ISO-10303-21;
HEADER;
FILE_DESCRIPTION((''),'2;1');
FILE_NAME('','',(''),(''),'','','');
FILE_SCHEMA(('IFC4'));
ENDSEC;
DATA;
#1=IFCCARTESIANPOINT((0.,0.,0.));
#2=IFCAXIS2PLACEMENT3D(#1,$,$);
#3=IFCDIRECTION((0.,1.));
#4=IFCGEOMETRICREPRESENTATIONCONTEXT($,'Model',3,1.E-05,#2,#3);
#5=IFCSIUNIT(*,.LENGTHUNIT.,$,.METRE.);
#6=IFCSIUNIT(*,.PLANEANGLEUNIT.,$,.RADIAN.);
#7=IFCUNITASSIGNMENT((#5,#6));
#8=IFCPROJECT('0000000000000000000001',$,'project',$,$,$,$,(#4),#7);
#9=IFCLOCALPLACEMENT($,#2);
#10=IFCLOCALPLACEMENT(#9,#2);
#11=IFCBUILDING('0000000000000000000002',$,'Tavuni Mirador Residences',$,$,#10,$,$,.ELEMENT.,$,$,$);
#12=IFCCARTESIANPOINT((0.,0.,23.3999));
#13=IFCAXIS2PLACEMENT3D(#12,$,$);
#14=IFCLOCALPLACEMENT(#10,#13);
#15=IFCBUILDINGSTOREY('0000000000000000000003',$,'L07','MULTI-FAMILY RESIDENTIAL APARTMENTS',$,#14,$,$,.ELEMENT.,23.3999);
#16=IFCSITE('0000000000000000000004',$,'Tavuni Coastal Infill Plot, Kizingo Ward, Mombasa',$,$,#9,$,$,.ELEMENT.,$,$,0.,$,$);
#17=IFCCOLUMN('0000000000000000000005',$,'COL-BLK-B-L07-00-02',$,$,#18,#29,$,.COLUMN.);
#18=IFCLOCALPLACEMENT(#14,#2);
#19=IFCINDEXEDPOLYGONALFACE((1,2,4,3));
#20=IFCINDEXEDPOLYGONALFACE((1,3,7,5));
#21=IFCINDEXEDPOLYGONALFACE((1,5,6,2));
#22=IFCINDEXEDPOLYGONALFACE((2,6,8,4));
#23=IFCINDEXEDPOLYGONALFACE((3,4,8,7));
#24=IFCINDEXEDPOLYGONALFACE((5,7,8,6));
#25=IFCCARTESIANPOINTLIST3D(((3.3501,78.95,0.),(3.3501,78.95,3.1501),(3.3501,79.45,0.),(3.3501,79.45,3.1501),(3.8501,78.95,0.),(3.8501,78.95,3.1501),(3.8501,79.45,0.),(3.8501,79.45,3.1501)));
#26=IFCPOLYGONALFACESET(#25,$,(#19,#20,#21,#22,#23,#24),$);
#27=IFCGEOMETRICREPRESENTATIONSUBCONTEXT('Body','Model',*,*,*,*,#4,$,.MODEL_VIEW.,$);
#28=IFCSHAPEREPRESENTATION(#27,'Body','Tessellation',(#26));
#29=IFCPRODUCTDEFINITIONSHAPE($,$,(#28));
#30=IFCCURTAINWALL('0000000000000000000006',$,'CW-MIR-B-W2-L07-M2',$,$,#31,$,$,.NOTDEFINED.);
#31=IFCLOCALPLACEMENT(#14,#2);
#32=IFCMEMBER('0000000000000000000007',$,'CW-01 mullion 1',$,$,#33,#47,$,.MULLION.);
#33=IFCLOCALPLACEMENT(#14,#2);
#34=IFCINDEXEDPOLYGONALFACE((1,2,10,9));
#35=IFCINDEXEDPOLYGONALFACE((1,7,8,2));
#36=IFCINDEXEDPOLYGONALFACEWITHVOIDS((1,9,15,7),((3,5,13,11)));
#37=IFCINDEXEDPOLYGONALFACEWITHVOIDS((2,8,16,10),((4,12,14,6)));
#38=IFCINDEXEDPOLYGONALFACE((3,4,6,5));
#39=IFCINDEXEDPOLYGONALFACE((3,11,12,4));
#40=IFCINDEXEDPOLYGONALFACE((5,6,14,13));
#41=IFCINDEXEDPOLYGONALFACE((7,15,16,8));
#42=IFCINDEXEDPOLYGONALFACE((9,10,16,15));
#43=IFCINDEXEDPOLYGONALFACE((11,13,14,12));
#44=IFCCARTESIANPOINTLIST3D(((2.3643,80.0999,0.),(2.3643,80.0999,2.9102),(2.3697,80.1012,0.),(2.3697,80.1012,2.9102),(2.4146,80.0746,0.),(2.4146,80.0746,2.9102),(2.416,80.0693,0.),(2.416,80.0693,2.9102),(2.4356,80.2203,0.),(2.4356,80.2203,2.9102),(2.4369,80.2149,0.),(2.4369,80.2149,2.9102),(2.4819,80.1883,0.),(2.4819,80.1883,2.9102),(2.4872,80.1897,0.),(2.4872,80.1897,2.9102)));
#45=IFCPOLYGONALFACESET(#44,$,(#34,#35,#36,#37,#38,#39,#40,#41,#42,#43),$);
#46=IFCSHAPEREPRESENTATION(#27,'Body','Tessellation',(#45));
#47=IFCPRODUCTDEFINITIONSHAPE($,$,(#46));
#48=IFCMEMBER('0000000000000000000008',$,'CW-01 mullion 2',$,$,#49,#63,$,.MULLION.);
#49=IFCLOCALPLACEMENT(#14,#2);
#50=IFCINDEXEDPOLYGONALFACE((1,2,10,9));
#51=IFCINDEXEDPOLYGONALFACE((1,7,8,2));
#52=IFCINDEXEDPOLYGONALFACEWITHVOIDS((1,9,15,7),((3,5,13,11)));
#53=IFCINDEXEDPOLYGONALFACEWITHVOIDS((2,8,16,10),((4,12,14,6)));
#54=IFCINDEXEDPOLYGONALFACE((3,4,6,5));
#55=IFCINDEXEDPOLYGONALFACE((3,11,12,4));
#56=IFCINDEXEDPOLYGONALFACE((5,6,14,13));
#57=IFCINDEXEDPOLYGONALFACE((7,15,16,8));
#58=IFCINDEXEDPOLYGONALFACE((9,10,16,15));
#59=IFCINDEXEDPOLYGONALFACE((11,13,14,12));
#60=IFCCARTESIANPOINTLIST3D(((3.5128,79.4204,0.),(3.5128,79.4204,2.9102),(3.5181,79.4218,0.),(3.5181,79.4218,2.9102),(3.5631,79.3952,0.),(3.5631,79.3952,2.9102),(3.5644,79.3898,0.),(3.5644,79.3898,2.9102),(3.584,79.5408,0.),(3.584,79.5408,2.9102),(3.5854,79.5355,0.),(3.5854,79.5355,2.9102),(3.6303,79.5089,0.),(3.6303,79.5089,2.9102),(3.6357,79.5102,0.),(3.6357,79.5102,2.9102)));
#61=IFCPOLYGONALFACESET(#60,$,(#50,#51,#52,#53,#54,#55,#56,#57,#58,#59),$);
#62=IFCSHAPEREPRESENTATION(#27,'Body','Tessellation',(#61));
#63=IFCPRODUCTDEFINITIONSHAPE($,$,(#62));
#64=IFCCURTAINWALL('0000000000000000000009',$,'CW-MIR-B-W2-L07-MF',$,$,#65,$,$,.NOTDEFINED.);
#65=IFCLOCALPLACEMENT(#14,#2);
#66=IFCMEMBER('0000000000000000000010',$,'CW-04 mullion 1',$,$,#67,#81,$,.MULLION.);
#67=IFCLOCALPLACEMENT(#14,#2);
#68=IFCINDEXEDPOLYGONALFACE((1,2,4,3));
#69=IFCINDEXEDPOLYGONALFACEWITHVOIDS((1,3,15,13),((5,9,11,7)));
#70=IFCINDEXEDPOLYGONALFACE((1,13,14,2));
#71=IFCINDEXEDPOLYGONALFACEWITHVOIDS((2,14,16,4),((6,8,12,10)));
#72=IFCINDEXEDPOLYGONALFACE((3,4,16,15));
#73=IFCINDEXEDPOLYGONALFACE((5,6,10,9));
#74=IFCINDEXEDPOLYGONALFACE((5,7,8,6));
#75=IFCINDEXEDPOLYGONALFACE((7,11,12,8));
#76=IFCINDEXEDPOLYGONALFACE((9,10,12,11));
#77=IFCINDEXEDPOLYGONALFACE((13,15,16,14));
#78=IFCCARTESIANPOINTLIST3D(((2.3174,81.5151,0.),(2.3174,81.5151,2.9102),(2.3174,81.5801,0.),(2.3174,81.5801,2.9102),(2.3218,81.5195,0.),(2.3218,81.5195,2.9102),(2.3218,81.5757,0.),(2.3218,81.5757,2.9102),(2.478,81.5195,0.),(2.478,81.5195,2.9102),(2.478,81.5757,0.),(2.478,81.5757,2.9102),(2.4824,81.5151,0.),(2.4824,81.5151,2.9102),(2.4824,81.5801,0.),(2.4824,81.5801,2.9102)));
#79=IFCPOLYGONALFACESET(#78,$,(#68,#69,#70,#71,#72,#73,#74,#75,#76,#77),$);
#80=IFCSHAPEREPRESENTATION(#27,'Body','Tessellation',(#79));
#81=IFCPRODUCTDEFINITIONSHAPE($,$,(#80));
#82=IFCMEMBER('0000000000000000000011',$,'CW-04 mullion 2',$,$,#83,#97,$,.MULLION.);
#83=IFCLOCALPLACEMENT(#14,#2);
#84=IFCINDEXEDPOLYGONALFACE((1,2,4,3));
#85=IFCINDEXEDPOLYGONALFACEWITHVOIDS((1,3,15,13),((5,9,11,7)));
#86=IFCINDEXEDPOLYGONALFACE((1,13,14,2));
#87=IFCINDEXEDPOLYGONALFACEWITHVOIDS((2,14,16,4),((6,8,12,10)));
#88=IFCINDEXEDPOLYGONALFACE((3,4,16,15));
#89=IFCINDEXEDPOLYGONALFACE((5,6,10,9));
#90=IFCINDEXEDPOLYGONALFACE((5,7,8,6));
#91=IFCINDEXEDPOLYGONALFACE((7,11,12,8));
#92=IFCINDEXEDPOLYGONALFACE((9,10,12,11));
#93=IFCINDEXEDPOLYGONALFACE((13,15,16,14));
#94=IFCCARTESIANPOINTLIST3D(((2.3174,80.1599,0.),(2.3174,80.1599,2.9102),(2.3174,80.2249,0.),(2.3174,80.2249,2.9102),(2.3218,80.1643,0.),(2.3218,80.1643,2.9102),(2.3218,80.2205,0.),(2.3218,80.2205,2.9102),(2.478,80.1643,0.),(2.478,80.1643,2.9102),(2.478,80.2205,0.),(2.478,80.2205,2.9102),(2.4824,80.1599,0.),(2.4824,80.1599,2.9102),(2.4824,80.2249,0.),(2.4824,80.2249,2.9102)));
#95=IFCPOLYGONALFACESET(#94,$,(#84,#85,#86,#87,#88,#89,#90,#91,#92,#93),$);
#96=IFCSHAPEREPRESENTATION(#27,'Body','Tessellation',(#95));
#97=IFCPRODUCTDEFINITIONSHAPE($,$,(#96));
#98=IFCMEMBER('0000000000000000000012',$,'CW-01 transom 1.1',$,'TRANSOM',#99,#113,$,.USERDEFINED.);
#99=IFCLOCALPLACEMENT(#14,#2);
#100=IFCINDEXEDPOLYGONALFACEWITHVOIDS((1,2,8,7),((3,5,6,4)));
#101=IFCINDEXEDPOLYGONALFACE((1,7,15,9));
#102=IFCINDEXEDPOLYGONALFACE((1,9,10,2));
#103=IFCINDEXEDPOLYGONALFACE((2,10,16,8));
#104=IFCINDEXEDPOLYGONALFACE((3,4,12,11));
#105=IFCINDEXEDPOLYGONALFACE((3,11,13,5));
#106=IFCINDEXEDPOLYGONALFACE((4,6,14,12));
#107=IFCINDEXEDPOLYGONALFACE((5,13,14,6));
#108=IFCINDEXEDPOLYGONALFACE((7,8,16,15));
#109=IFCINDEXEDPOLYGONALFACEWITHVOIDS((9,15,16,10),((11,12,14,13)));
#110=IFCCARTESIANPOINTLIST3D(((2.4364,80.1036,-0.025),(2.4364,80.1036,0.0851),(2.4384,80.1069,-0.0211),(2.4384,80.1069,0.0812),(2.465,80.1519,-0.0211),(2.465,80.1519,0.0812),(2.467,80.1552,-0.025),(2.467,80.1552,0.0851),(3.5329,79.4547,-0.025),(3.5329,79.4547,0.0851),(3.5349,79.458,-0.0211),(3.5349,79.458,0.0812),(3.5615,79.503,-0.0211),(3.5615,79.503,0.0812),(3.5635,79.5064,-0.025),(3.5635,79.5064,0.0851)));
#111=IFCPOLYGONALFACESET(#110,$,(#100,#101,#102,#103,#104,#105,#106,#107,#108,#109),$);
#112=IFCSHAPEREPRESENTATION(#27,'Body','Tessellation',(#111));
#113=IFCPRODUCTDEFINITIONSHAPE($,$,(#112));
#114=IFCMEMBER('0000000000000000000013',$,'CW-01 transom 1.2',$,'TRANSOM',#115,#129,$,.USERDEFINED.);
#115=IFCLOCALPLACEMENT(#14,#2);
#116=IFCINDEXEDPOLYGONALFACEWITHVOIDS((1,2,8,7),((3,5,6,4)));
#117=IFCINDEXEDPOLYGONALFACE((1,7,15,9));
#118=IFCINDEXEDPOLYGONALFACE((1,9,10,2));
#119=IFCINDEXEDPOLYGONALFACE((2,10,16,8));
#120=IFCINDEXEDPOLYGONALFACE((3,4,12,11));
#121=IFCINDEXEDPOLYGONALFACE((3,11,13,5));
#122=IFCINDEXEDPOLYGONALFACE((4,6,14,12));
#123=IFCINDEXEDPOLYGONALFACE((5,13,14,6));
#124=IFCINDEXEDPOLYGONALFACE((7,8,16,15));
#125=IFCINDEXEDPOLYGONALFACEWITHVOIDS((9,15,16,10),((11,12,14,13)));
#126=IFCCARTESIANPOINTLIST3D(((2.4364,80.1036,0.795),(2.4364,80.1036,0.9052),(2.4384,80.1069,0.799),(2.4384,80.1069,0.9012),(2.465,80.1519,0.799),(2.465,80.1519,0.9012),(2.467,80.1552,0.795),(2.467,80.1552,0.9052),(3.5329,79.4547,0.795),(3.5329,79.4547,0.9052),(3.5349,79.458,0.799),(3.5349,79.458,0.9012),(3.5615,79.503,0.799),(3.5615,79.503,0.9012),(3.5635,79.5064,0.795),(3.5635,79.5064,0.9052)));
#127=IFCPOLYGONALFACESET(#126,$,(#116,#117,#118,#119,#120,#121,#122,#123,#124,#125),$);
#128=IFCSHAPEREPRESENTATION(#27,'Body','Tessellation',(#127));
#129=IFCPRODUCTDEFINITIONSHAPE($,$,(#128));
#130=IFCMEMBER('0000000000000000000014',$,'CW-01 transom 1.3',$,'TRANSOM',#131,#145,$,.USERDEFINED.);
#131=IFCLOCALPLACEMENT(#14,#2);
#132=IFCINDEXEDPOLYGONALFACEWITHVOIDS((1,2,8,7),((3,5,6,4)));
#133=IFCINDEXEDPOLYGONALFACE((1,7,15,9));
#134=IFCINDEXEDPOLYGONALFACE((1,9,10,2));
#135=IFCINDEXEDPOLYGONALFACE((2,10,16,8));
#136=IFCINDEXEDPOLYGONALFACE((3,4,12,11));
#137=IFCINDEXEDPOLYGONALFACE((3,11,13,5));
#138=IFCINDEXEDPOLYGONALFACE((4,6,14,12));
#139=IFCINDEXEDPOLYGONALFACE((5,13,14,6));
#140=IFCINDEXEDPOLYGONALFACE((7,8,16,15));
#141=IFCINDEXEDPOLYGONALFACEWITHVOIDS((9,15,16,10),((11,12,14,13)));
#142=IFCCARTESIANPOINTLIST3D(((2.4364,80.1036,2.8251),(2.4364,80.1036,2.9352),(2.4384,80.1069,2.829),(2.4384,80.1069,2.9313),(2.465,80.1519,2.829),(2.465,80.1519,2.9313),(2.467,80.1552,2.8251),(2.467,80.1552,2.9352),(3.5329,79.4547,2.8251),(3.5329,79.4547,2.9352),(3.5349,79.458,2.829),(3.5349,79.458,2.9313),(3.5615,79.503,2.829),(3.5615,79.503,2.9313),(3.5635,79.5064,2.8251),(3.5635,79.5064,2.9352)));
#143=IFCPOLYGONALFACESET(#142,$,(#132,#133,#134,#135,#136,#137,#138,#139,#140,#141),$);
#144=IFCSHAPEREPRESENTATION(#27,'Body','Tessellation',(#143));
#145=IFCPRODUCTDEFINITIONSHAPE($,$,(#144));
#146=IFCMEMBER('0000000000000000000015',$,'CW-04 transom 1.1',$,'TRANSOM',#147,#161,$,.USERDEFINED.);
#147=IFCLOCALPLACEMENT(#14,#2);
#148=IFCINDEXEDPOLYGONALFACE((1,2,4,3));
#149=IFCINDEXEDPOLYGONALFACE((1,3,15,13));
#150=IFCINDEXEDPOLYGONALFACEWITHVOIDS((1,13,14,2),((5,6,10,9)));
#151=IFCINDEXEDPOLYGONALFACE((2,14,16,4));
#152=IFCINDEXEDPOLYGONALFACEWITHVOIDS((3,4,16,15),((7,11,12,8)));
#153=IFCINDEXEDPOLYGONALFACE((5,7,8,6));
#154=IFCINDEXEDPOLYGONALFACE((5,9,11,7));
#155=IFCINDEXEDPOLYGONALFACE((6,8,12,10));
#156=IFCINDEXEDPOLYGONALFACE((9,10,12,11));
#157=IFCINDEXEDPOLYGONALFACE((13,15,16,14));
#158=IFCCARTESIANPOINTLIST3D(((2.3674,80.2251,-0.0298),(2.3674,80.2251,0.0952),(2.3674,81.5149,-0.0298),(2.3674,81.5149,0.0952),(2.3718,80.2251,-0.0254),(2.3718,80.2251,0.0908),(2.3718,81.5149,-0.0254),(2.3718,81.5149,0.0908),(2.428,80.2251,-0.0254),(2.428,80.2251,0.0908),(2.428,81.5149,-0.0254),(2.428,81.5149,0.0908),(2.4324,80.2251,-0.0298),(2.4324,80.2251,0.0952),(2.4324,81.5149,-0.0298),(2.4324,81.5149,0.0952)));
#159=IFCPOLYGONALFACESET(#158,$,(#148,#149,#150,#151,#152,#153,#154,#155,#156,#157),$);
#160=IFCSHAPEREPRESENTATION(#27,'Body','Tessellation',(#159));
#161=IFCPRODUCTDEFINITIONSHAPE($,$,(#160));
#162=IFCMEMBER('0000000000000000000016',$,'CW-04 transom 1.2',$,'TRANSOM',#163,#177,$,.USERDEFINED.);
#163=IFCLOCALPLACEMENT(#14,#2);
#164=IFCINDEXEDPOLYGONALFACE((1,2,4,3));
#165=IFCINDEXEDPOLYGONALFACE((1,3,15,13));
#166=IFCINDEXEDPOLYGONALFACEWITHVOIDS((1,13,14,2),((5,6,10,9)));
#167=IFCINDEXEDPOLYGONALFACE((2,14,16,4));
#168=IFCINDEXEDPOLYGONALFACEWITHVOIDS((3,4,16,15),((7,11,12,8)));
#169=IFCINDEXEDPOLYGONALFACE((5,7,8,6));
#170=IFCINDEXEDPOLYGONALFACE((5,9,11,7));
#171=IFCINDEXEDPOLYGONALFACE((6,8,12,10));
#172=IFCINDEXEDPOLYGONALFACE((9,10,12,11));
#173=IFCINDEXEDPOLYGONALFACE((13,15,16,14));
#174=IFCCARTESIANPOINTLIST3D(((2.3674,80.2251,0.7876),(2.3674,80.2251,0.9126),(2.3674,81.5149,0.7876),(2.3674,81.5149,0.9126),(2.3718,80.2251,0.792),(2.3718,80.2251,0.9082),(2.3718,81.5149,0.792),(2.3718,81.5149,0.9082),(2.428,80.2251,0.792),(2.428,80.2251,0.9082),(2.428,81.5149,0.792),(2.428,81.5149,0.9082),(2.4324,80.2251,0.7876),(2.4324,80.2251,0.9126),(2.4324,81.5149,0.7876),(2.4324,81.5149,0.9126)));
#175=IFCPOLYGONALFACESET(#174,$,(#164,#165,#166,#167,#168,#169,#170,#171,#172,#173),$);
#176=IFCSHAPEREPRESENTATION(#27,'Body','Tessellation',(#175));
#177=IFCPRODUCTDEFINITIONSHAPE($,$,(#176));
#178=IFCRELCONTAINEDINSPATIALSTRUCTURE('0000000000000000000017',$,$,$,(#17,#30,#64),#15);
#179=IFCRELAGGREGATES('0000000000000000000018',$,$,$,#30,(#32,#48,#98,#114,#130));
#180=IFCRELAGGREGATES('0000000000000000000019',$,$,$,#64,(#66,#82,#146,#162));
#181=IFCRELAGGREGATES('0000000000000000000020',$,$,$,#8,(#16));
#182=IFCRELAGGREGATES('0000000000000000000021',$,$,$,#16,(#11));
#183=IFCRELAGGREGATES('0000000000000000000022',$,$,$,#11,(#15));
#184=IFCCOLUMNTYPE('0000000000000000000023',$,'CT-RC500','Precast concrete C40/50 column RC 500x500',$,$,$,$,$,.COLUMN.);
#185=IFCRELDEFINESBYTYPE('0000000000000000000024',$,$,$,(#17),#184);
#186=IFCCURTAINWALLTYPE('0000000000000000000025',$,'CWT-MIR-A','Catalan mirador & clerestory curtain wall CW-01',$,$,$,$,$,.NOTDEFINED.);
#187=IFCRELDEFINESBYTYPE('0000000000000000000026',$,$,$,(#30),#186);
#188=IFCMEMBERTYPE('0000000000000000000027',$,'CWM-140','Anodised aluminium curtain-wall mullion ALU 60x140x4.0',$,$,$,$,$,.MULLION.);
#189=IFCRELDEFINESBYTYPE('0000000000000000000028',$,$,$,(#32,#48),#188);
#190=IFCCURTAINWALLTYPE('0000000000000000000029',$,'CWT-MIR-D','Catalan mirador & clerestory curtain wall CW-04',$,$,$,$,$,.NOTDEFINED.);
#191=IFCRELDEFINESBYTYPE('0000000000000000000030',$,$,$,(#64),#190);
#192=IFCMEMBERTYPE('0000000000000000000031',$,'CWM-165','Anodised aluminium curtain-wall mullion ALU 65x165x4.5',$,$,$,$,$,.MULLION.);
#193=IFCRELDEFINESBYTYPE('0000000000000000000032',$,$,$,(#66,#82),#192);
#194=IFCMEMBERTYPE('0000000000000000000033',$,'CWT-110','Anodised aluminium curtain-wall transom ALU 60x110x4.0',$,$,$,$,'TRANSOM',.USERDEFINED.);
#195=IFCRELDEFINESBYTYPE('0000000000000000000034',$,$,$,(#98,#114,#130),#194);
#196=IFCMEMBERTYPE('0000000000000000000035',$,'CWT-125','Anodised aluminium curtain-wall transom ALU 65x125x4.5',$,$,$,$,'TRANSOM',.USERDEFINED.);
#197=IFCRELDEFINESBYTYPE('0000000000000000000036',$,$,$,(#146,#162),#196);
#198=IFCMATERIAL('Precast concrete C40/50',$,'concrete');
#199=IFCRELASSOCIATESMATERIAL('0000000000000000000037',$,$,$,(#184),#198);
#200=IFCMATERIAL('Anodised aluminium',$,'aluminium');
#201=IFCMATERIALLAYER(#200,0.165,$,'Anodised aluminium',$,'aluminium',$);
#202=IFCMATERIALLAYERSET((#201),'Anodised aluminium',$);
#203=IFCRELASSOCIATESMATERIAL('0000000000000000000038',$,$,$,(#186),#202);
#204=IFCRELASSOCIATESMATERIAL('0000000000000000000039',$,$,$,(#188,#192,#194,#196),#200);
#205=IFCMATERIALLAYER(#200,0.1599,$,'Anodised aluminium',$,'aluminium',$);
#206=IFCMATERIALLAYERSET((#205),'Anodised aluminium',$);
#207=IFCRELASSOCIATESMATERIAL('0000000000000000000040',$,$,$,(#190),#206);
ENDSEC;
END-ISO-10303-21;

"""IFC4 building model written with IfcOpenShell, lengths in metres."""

from ifc_helpers import new_model, si_unit, direction, frame, origin, origin_2d, place, context, subcontext, project, spatial, rectangle, hollow_rectangle, extrude, material, layer, layer_set, material_profile, profile_set, type_object, element, aggregate, save


model = new_model("IFC4")

# Units and contexts
model_context = context("Model", 3, precision=1e-05, world=origin(), true_north=direction((0.0, 1.0)))
body_context = subcontext(model_context, "Body", "Model", "MODEL_VIEW")
ifc_project = project(units=[si_unit("LENGTHUNIT", "METRE"), si_unit("PLANEANGLEUNIT", "RADIAN")], contexts=[model_context])

# Site, building, storey
site_placement = place(None, origin())
site = spatial("IfcSite", under=ifc_project, at=site_placement, Name="Tavuni Coastal Infill Plot, Kizingo Ward, Mombasa", CompositionType="ELEMENT", RefElevation=0.0)
building_placement = place(site_placement, origin())
building = spatial("IfcBuilding", under=site, at=building_placement, Name="Tavuni Mirador Residences", CompositionType="ELEMENT")
storey_placement = place(building_placement, frame((0.0, 0.0, 23.3999)))
storey = spatial("IfcBuildingStorey", under=building, at=storey_placement, Name="L07", Description="MULTI-FAMILY RESIDENTIAL APARTMENTS", CompositionType="ELEMENT", Elevation=23.3999)

# Column
ifc_material_1 = material(Name="Precast concrete C40/50", Category="concrete")
ifc_material_profile_1 = material_profile(ifc_material_1, rectangle(XDim=0.5, YDim=0.5, at=origin_2d()), Name="RC 500x500", Category="concrete")
ifc_profile_set_1 = profile_set([ifc_material_profile_1], Name="Precast concrete C40/50")
column_type = type_object("IfcColumnType", Name="CT-RC500", Description="Precast concrete C40/50 column RC 500x500", PredefinedType="COLUMN", material=ifc_profile_set_1)
column_placement = place(storey_placement, frame((3.6001, 79.2, 0.0), z_axis=(0.0, 0.0, 1.0), x_axis=(1.0, 0.0, 0.0)))
element("IfcColumn", 1, at=column_placement, inside=storey, type_object=column_type, Name="COL-BLK-B-L07-00-02", PredefinedType="COLUMN", context=body_context, shape_type="SweptSolid", body=[
    extrude(rectangle(XDim=0.5, YDim=0.5, at=origin_2d()), origin(), (0.0, 0.0, 1.0), 3.1501),
])

# Curtain walls, members
ifc_material_2 = material(Name="Anodised aluminium", Category="aluminium")
ifc_layer_1 = layer(ifc_material_2, 0.165, Name="Anodised aluminium", Category="aluminium")
ifc_layer_set_1 = layer_set([ifc_layer_1], Name="Anodised aluminium")
curtain_wall_type_1 = type_object("IfcCurtainWallType", Name="CWT-MIR-A", Description="Catalan mirador & clerestory curtain wall CW-01", PredefinedType="NOTDEFINED", material=ifc_layer_set_1)
curtain_wall_1_placement = place(storey_placement, origin())
curtain_wall_1 = element("IfcCurtainWall", 2, at=curtain_wall_1_placement, inside=storey, type_object=curtain_wall_type_1, Name="CW-MIR-B-W2-L07-M2", PredefinedType="NOTDEFINED")
ifc_material_profile_2 = material_profile(ifc_material_2, hollow_rectangle(XDim=0.0601, YDim=0.1399, WallThickness=0.0039, at=origin_2d()), Name="ALU 60x140x4.0", Category="aluminium")
ifc_profile_set_2 = profile_set([ifc_material_profile_2], Name="Anodised aluminium")
member_type_1 = type_object("IfcMemberType", Name="CWM-140", Description="Anodised aluminium curtain-wall mullion ALU 60x140x4.0", PredefinedType="MULLION", material=ifc_profile_set_2)
member_1_placement = place(storey_placement, frame((2.4258, 80.1448, 0.0), z_axis=(0.0, 0.0, 1.0), x_axis=(0.860641, -0.509212, 0.0)))
member_1 = element("IfcMember", 3, at=member_1_placement, type_object=member_type_1, Name="CW-01 mullion 1", PredefinedType="MULLION", context=body_context, shape_type="SweptSolid", body=[
    extrude(hollow_rectangle(XDim=0.0601, YDim=0.1399, WallThickness=0.0039, at=origin_2d()), origin(), (0.0, 0.0, 1.0), 2.9102),
])
member_2_placement = place(storey_placement, frame((3.5742, 79.4653, 0.0), z_axis=(0.0, 0.0, 1.0), x_axis=(0.860641, -0.509212, 0.0)))
member_2 = element("IfcMember", 4, at=member_2_placement, type_object=member_type_1, Name="CW-01 mullion 2", PredefinedType="MULLION", context=body_context, shape_type="SweptSolid", body=[
    extrude(hollow_rectangle(XDim=0.0601, YDim=0.1399, WallThickness=0.0039, at=origin_2d()), origin(), (0.0, 0.0, 1.0), 2.9102),
])
ifc_layer_2 = layer(ifc_material_2, 0.1599, Name="Anodised aluminium", Category="aluminium")
ifc_layer_set_2 = layer_set([ifc_layer_2], Name="Anodised aluminium")
curtain_wall_type_2 = type_object("IfcCurtainWallType", Name="CWT-MIR-D", Description="Catalan mirador & clerestory curtain wall CW-04", PredefinedType="NOTDEFINED", material=ifc_layer_set_2)
curtain_wall_2_placement = place(storey_placement, origin())
curtain_wall_2 = element("IfcCurtainWall", 5, at=curtain_wall_2_placement, inside=storey, type_object=curtain_wall_type_2, Name="CW-MIR-B-W2-L07-MF", PredefinedType="NOTDEFINED")
ifc_material_profile_3 = material_profile(ifc_material_2, hollow_rectangle(XDim=0.0649, YDim=0.165, WallThickness=0.0044, at=origin_2d()), Name="ALU 65x165x4.5", Category="aluminium")
ifc_profile_set_3 = profile_set([ifc_material_profile_3], Name="Anodised aluminium")
member_type_2 = type_object("IfcMemberType", Name="CWM-165", Description="Anodised aluminium curtain-wall mullion ALU 65x165x4.5", PredefinedType="MULLION", material=ifc_profile_set_3)
member_3_placement = place(storey_placement, frame((2.3999, 81.5476, 0.0), z_axis=(0.0, 0.0, 1.0), x_axis=(0.0, -1.0, 0.0)))
member_3 = element("IfcMember", 6, at=member_3_placement, type_object=member_type_2, Name="CW-04 mullion 1", PredefinedType="MULLION", context=body_context, shape_type="SweptSolid", body=[
    extrude(hollow_rectangle(XDim=0.0649, YDim=0.165, WallThickness=0.0044, at=origin_2d()), origin(), (0.0, 0.0, 1.0), 2.9102),
])
member_4_placement = place(storey_placement, frame((2.3999, 80.1924, 0.0), z_axis=(0.0, 0.0, 1.0), x_axis=(0.0, -1.0, 0.0)))
member_4 = element("IfcMember", 7, at=member_4_placement, type_object=member_type_2, Name="CW-04 mullion 2", PredefinedType="MULLION", context=body_context, shape_type="SweptSolid", body=[
    extrude(hollow_rectangle(XDim=0.0649, YDim=0.165, WallThickness=0.0044, at=origin_2d()), origin(), (0.0, 0.0, 1.0), 2.9102),
])

# Members
ifc_material_profile_4 = material_profile(ifc_material_2, hollow_rectangle(XDim=0.0601, YDim=0.1101, WallThickness=0.0039, at=origin_2d()), Name="ALU 60x110x4.0", Category="aluminium")
ifc_profile_set_4 = profile_set([ifc_material_profile_4], Name="Anodised aluminium")
member_type_3 = type_object("IfcMemberType", Name="CWT-110", Description="Anodised aluminium curtain-wall transom ALU 60x110x4.0", ElementType="TRANSOM", PredefinedType="USERDEFINED", material=ifc_profile_set_4)
member_5_placement = place(storey_placement, frame((2.4517, 80.1294, 0.03), z_axis=(0.860621, -0.509246, 0.0), x_axis=(0.509246, 0.860621, 0.0)))
member_5 = element("IfcMember", 8, at=member_5_placement, type_object=member_type_3, Name="CW-01 transom 1.1", ObjectType="TRANSOM", PredefinedType="USERDEFINED", context=body_context, shape_type="SweptSolid", body=[
    extrude(hollow_rectangle(XDim=0.0601, YDim=0.1101, WallThickness=0.0039, at=origin_2d()), origin(), (0.0, 0.0, 1.0), 1.2742),
])
member_6_placement = place(storey_placement, frame((2.4517, 80.1294, 0.8501), z_axis=(0.860621, -0.509246, 0.0), x_axis=(0.509246, 0.860621, 0.0)))
member_6 = element("IfcMember", 9, at=member_6_placement, type_object=member_type_3, Name="CW-01 transom 1.2", ObjectType="TRANSOM", PredefinedType="USERDEFINED", context=body_context, shape_type="SweptSolid", body=[
    extrude(hollow_rectangle(XDim=0.0601, YDim=0.1101, WallThickness=0.0039, at=origin_2d()), origin(), (0.0, 0.0, 1.0), 1.2742),
])
member_7_placement = place(storey_placement, frame((2.4517, 80.1294, 2.8801), z_axis=(0.860621, -0.509246, 0.0), x_axis=(0.509246, 0.860621, 0.0)))
member_7 = element("IfcMember", 10, at=member_7_placement, type_object=member_type_3, Name="CW-01 transom 1.3", ObjectType="TRANSOM", PredefinedType="USERDEFINED", context=body_context, shape_type="SweptSolid", body=[
    extrude(hollow_rectangle(XDim=0.0601, YDim=0.1101, WallThickness=0.0039, at=origin_2d()), origin(), (0.0, 0.0, 1.0), 1.2742),
])
ifc_material_profile_5 = material_profile(ifc_material_2, hollow_rectangle(XDim=0.0649, YDim=0.125, WallThickness=0.0044, at=origin_2d()), Name="ALU 65x125x4.5", Category="aluminium")
ifc_profile_set_5 = profile_set([ifc_material_profile_5], Name="Anodised aluminium")
member_type_4 = type_object("IfcMemberType", Name="CWT-125", Description="Anodised aluminium curtain-wall transom ALU 65x125x4.5", ElementType="TRANSOM", PredefinedType="USERDEFINED", material=ifc_profile_set_5)
member_8_placement = place(storey_placement, frame((2.3999, 81.5149, 0.0327), z_axis=(0.0, -1.0, 0.0), x_axis=(1.0, 0.0, 0.0)))
member_8 = element("IfcMember", 11, at=member_8_placement, type_object=member_type_4, Name="CW-04 transom 1.1", ObjectType="TRANSOM", PredefinedType="USERDEFINED", context=body_context, shape_type="SweptSolid", body=[
    extrude(hollow_rectangle(XDim=0.0649, YDim=0.125, WallThickness=0.0044, at=origin_2d()), origin(), (0.0, 0.0, 1.0), 1.2898),
])
member_9_placement = place(storey_placement, frame((2.3999, 81.5149, 0.8501), z_axis=(0.0, -1.0, 0.0), x_axis=(1.0, 0.0, 0.0)))
member_9 = element("IfcMember", 12, at=member_9_placement, type_object=member_type_4, Name="CW-04 transom 1.2", ObjectType="TRANSOM", PredefinedType="USERDEFINED", context=body_context, shape_type="SweptSolid", body=[
    extrude(hollow_rectangle(XDim=0.0649, YDim=0.125, WallThickness=0.0044, at=origin_2d()), origin(), (0.0, 0.0, 1.0), 1.2898),
])

aggregate(curtain_wall_1, [member_1, member_2, member_5, member_6, member_7])
aggregate(curtain_wall_2, [member_3, member_4, member_8, member_9])

save(model, "model.ifc")
